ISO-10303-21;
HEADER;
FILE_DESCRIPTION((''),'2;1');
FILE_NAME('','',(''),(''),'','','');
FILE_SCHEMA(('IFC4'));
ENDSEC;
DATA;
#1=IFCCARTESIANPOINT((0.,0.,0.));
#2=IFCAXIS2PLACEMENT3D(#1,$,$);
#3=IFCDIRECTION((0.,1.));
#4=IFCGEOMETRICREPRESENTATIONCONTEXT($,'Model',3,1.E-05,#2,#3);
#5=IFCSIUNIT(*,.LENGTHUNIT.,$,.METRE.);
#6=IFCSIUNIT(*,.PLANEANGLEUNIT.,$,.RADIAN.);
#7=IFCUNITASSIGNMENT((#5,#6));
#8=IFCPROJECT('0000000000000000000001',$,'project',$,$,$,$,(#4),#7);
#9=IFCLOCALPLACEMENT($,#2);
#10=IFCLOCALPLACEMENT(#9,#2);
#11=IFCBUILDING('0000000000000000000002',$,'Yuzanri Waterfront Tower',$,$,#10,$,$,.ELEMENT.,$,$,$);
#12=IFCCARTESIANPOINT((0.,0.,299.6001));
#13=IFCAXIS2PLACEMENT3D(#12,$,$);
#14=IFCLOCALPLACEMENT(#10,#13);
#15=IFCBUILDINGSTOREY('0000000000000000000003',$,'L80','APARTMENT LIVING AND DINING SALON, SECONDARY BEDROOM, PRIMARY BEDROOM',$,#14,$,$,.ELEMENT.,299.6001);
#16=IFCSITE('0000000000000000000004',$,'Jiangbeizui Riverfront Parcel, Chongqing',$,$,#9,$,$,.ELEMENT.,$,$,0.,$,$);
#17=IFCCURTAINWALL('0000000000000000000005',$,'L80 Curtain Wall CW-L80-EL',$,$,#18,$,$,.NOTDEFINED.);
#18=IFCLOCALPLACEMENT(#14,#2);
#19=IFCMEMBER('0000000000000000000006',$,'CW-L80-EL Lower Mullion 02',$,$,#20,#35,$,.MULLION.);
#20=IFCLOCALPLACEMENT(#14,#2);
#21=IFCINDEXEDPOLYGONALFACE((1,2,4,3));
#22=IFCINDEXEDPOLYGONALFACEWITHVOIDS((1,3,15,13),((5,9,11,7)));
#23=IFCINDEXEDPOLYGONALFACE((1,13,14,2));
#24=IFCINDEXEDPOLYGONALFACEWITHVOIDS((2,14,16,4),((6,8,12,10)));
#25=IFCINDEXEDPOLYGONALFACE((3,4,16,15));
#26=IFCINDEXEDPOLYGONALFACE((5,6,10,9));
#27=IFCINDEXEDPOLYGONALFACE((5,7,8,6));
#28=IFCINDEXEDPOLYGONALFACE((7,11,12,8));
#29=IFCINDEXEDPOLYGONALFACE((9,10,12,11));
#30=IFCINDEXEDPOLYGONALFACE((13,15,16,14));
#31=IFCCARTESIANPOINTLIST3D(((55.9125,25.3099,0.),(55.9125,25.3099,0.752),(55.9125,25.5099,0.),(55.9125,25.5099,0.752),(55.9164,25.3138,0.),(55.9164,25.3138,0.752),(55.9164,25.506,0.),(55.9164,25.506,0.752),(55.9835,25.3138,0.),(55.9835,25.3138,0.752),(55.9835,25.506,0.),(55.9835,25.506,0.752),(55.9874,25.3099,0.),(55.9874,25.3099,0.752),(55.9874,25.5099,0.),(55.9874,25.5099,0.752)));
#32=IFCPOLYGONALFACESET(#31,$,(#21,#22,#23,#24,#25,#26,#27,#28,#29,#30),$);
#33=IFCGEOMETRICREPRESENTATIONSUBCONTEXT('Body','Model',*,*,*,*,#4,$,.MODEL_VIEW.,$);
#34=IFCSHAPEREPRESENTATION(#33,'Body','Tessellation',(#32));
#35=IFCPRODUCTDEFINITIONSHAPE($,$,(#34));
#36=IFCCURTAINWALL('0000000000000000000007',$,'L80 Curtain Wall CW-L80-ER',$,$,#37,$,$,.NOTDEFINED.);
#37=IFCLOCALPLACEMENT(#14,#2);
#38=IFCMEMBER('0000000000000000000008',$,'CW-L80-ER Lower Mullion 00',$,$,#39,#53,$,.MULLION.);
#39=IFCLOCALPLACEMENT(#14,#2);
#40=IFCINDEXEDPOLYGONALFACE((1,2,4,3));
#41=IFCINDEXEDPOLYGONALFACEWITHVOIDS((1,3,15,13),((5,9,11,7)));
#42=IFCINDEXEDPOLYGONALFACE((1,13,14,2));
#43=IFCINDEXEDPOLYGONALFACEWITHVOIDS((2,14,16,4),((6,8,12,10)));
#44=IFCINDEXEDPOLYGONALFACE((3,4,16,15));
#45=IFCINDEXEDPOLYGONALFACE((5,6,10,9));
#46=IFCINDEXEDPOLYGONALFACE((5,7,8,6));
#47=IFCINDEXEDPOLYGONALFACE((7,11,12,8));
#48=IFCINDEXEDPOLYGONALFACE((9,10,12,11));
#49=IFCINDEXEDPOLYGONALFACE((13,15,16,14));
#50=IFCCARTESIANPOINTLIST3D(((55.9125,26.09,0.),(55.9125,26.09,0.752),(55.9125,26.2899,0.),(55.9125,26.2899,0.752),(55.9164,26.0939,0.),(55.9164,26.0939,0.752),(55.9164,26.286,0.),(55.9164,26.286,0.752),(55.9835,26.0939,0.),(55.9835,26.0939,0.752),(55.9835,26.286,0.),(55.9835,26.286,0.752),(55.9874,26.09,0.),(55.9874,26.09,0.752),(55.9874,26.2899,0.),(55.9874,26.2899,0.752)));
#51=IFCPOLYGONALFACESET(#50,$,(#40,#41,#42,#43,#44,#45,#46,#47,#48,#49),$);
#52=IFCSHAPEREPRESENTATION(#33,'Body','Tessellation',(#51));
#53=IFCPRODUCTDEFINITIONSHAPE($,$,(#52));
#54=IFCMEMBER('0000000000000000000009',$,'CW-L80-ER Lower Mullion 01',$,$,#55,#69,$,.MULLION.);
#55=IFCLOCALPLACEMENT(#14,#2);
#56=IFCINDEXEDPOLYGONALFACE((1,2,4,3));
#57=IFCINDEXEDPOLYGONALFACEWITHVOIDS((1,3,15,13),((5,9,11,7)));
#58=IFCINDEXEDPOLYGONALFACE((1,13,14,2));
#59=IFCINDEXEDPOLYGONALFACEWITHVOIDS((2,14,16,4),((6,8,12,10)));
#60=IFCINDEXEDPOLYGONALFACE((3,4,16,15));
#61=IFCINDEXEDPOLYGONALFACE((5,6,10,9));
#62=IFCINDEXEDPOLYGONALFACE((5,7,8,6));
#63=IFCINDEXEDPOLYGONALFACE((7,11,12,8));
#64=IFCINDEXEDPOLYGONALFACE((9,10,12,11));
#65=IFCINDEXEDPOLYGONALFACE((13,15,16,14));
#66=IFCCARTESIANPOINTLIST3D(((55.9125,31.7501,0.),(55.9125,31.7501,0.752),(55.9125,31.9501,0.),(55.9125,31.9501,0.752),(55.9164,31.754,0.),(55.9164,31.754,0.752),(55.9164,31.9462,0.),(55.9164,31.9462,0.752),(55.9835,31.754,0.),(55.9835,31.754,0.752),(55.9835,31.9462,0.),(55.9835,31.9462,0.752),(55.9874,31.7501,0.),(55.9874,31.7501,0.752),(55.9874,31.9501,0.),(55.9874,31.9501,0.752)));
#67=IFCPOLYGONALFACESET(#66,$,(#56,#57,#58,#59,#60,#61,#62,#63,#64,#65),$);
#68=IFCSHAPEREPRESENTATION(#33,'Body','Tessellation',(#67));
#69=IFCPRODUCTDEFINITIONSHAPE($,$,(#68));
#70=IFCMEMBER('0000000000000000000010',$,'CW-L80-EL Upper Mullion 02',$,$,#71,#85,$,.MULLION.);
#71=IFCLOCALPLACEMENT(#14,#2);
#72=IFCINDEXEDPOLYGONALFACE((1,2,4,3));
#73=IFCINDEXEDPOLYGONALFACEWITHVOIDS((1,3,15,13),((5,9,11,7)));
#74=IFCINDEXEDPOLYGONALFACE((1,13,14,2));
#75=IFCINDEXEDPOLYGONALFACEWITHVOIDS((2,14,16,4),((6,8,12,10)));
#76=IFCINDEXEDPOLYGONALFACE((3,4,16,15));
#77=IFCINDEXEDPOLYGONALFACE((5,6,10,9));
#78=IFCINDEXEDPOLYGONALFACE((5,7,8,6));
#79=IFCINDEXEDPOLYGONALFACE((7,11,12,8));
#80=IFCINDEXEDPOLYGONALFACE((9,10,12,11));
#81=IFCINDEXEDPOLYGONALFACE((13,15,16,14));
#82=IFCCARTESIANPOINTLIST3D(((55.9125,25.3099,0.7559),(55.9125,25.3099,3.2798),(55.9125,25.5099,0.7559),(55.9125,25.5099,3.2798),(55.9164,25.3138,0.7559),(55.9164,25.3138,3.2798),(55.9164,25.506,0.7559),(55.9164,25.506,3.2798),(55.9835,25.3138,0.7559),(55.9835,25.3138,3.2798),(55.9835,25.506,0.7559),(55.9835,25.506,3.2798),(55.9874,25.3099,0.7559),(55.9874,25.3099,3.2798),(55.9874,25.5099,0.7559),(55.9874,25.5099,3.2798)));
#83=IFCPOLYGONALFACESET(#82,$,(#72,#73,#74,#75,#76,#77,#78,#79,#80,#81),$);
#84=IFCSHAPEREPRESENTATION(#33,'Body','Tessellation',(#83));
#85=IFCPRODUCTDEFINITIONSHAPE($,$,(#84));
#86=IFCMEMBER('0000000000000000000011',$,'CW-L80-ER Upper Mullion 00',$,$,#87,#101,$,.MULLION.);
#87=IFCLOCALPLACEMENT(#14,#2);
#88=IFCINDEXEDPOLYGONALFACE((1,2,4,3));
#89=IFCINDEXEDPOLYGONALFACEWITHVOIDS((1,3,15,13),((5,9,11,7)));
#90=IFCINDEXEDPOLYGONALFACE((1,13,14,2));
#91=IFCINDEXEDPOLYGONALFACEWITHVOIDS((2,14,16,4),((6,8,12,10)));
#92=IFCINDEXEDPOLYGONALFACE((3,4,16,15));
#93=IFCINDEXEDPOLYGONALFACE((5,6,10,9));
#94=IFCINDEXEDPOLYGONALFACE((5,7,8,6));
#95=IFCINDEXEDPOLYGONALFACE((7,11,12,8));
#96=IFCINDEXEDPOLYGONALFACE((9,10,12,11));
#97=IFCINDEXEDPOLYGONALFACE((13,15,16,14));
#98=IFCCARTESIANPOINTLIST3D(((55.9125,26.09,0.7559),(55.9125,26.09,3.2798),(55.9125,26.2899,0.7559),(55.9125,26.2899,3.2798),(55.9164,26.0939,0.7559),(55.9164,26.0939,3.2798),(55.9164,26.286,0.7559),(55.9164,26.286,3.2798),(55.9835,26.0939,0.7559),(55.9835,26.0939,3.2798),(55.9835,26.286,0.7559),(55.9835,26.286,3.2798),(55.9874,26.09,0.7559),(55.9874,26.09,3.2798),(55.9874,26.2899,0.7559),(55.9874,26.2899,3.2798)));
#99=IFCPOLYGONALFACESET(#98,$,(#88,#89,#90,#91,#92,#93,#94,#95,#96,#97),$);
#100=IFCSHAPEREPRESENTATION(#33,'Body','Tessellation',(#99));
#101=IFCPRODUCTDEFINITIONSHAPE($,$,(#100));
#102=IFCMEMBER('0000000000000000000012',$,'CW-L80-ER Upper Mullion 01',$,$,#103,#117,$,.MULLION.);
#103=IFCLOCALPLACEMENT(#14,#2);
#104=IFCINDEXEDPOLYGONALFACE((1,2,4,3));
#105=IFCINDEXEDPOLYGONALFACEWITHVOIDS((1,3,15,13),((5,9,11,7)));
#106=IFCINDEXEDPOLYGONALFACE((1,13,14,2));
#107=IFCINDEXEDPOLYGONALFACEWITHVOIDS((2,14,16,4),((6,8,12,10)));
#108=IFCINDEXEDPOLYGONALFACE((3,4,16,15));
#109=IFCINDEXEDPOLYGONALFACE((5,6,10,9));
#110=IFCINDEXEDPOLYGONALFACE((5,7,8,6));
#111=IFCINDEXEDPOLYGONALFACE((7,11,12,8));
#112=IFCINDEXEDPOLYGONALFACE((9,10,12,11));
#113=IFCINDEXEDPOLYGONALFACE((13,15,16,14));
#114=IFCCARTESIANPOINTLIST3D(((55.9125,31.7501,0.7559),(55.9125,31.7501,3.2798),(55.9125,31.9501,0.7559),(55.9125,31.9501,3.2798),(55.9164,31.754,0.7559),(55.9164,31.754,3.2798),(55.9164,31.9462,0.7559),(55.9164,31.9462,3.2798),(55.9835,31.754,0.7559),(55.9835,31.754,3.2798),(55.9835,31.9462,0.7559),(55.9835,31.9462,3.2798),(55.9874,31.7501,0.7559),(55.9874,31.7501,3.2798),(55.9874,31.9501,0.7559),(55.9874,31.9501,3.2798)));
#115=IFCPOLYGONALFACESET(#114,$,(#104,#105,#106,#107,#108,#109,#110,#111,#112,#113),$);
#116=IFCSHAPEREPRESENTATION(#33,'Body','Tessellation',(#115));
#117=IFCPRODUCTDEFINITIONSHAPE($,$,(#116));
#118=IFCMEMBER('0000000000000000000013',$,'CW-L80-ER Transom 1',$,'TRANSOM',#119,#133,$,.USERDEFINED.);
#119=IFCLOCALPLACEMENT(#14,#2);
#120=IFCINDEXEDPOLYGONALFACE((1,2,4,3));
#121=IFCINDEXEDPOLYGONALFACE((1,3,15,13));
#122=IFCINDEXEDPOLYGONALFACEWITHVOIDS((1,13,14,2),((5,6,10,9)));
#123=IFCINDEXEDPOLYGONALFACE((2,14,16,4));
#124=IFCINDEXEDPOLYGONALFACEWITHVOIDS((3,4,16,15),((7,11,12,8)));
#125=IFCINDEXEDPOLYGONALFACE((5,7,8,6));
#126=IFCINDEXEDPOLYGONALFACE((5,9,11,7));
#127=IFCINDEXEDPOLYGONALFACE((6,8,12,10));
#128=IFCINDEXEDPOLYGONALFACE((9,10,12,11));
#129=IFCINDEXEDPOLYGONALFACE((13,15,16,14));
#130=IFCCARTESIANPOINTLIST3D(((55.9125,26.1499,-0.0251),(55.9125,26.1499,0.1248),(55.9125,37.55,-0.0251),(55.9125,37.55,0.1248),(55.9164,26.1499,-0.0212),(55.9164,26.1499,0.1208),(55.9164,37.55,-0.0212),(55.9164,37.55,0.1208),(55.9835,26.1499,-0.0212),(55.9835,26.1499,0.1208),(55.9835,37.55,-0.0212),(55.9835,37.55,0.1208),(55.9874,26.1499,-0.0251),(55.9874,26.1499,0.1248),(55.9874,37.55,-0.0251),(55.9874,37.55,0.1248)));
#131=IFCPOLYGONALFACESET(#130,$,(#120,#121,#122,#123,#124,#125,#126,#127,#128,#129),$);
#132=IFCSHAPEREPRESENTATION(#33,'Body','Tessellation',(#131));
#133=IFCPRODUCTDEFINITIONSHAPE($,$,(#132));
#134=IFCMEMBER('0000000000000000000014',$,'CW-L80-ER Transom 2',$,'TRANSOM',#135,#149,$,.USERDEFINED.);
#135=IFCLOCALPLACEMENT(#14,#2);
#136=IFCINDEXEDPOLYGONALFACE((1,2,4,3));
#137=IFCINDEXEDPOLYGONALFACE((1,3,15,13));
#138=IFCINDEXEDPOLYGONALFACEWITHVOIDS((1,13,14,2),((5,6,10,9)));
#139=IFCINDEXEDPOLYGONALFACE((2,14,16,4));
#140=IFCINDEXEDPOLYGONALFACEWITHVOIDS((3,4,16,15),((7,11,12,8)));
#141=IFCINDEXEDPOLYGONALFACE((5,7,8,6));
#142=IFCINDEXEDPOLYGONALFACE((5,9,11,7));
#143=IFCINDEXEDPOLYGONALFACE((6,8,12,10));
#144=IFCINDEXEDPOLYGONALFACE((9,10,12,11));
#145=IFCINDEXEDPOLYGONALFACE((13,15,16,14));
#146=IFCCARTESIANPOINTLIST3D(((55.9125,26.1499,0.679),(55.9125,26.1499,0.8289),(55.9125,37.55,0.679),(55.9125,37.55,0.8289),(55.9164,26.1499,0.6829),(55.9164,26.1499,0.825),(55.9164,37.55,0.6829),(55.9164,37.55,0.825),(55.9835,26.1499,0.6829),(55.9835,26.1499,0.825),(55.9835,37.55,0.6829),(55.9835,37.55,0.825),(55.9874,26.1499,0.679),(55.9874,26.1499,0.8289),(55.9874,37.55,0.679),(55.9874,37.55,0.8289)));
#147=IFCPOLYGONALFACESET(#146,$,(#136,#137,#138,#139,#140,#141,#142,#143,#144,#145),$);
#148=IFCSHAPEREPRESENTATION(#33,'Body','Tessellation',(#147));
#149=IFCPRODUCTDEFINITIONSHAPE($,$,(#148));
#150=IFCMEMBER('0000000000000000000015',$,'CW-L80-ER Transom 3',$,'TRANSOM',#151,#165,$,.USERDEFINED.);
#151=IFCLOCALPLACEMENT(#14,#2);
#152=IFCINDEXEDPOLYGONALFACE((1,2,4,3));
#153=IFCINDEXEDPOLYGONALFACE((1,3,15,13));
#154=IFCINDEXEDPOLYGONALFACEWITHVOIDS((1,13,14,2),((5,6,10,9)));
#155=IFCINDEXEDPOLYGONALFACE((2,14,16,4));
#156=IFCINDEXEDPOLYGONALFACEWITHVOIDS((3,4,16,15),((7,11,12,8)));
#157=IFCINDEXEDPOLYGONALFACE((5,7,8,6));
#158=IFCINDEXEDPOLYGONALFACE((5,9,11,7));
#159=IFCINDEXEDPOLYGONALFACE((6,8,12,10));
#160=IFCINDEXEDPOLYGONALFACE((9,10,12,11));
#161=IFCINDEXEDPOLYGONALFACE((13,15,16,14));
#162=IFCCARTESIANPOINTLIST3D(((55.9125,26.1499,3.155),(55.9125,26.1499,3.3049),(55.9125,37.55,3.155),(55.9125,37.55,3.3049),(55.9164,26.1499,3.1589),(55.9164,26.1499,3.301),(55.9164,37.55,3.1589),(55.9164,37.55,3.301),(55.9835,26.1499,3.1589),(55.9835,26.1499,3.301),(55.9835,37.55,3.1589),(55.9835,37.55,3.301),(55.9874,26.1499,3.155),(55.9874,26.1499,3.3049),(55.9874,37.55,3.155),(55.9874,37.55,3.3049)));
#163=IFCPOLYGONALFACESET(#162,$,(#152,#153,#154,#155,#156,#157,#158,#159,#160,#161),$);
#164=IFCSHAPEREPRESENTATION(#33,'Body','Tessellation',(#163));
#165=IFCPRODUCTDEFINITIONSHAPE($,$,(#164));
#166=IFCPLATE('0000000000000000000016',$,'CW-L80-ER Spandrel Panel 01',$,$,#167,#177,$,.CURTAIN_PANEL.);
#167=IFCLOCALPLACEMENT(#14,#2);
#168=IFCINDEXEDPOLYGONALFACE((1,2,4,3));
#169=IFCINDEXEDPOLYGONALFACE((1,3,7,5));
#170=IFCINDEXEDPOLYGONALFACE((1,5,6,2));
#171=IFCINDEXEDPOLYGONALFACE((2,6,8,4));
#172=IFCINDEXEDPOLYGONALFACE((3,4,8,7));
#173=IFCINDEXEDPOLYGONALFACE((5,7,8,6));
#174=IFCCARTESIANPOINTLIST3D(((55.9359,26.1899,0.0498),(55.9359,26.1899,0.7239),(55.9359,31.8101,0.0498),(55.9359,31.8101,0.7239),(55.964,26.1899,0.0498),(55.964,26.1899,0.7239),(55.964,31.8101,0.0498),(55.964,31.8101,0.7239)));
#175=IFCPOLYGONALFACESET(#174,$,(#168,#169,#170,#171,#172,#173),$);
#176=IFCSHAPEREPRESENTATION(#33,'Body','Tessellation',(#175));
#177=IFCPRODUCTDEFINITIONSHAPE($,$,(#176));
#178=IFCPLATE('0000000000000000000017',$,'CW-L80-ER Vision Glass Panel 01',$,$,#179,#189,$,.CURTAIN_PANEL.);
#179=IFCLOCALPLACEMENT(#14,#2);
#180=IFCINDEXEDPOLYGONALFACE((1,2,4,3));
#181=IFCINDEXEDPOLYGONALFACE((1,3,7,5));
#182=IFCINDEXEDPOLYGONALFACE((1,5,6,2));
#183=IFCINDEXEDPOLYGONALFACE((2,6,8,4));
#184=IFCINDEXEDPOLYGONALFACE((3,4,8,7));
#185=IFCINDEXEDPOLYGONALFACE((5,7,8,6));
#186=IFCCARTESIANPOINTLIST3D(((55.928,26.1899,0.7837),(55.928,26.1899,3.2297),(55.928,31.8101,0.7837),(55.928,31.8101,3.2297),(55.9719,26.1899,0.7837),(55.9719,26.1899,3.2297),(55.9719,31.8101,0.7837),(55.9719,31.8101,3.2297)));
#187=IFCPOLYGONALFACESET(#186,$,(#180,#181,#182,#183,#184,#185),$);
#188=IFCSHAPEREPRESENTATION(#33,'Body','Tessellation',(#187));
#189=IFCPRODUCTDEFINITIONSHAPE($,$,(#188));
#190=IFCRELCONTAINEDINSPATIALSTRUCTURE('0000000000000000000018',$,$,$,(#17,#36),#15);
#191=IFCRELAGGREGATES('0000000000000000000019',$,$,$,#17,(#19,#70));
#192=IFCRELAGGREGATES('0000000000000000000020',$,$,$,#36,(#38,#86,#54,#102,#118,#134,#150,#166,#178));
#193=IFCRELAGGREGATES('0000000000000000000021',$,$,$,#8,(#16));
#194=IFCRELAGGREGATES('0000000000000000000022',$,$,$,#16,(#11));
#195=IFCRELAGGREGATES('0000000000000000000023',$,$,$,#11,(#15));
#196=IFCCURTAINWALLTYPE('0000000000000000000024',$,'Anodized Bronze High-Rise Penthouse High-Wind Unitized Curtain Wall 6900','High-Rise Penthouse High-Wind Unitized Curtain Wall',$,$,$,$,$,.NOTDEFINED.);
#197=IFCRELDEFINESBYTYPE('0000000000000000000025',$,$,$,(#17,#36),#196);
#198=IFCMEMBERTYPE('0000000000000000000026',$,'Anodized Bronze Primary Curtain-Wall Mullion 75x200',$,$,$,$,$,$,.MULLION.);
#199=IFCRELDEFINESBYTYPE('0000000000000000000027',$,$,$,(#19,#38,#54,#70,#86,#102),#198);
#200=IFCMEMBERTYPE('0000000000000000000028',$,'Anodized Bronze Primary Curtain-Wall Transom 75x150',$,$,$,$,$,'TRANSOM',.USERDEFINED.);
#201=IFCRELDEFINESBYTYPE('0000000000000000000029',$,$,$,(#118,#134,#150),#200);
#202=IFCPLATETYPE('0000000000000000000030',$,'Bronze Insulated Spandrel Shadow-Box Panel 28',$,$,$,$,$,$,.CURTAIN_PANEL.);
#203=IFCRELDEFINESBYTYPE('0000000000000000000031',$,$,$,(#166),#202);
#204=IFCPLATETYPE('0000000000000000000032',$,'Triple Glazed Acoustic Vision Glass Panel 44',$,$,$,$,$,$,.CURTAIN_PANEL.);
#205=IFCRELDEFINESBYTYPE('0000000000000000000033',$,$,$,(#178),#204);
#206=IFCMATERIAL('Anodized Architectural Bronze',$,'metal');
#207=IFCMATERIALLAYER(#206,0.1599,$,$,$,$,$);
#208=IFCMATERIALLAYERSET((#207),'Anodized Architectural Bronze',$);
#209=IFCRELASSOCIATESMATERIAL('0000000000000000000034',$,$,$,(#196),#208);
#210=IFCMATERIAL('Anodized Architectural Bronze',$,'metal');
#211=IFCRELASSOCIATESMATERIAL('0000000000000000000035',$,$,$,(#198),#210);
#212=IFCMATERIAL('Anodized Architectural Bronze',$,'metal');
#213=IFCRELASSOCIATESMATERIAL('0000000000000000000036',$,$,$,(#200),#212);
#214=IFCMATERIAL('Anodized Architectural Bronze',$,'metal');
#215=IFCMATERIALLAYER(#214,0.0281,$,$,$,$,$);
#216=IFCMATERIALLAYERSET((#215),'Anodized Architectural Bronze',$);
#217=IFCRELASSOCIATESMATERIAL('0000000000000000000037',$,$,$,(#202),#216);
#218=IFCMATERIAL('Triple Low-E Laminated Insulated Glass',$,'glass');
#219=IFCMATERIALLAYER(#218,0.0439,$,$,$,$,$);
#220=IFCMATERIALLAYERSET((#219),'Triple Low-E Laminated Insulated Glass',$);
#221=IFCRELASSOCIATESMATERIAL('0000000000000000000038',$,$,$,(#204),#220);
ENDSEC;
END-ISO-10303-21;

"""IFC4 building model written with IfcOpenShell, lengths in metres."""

from ifc_helpers import new_model, si_unit, direction, frame, origin, origin_2d, place, context, subcontext, project, spatial, rectangle, hollow_rectangle, extrude, source, transform, mapped, material, layer, layer_set, material_profile, profile_set, type_object, element, aggregate, save


model = new_model("IFC4")

# Units and contexts
model_context = context("Model", 3, precision=1e-05, world=origin(), true_north=direction((0.0, 1.0)))
body_context = subcontext(model_context, "Body", "Model", "MODEL_VIEW")
ifc_project = project(units=[si_unit("LENGTHUNIT", "METRE"), si_unit("PLANEANGLEUNIT", "RADIAN")], contexts=[model_context])

# Site, building, storey
site_placement = place(None, origin())
site = spatial("IfcSite", under=ifc_project, at=site_placement, Name="Jiangbeizui Riverfront Parcel, Chongqing", CompositionType="ELEMENT", RefElevation=0.0)
building_placement = place(site_placement, origin())
building = spatial("IfcBuilding", under=site, at=building_placement, Name="Yuzanri Waterfront Tower", CompositionType="ELEMENT")
storey_placement = place(building_placement, frame((0.0, 0.0, 299.6001)))
storey = spatial("IfcBuildingStorey", under=building, at=storey_placement, Name="L80", Description="APARTMENT LIVING AND DINING SALON, SECONDARY BEDROOM, PRIMARY BEDROOM", CompositionType="ELEMENT", Elevation=299.6001)

# Curtain wall, member
ifc_material_1 = material(Name="Anodized Architectural Bronze", Category="metal")
ifc_layer_1 = layer(ifc_material_1, 0.1599)
ifc_layer_set_1 = layer_set([ifc_layer_1], Name="Anodized Architectural Bronze")
curtain_wall_type = type_object("IfcCurtainWallType", Name="Anodized Bronze High-Rise Penthouse High-Wind Unitized Curtain Wall 6900", Description="High-Rise Penthouse High-Wind Unitized Curtain Wall", PredefinedType="NOTDEFINED", material=ifc_layer_set_1)
curtain_wall_1_placement = place(storey_placement, origin())
curtain_wall_1 = element("IfcCurtainWall", 1, at=curtain_wall_1_placement, inside=storey, type_object=curtain_wall_type, Name="L80 Curtain Wall CW-L80-EL", PredefinedType="NOTDEFINED")
ifc_material_2 = material(Name="Anodized Architectural Bronze", Category="metal")
ifc_material_profile_1 = material_profile(ifc_material_2, hollow_rectangle(XDim=0.075, YDim=0.2, WallThickness=0.0039, at=origin_2d()), Name="CWM 75x200")
ifc_profile_set_1 = profile_set([ifc_material_profile_1], Name="Anodized Architectural Bronze")
member_type_1 = type_object("IfcMemberType", Name="Anodized Bronze Primary Curtain-Wall Mullion 75x200", PredefinedType="MULLION", material=ifc_profile_set_1)
shared_shape_1 = source(origin(), body_context, "Body", "SweptSolid", [
    extrude(hollow_rectangle(XDim=0.075, YDim=0.2, WallThickness=0.0039, at=origin_2d()), origin(), (0.0, 0.0, 1.0), 0.752),
])
member_1_placement = place(storey_placement, frame((55.95, 25.4099, 0.0), z_axis=(0.0, 0.0, 1.0), x_axis=(1.0, 0.0, 0.0)))
member_1 = element("IfcMember", 2, at=member_1_placement, type_object=member_type_1, Name="CW-L80-EL Lower Mullion 02", PredefinedType="MULLION", context=body_context, shape_type="MappedRepresentation", body=[
    mapped(shared_shape_1, transform((0.0, 0.0, 0.0), scale=1.0)),
])

# Curtain wall, members
curtain_wall_2_placement = place(storey_placement, origin())
curtain_wall_2 = element("IfcCurtainWall", 3, at=curtain_wall_2_placement, inside=storey, type_object=curtain_wall_type, Name="L80 Curtain Wall CW-L80-ER", PredefinedType="NOTDEFINED")
member_2_placement = place(storey_placement, frame((55.95, 26.1899, 0.0), z_axis=(0.0, 0.0, 1.0), x_axis=(1.0, 0.0, 0.0)))
member_2 = element("IfcMember", 4, at=member_2_placement, type_object=member_type_1, Name="CW-L80-ER Lower Mullion 00", PredefinedType="MULLION", context=body_context, shape_type="MappedRepresentation", body=[
    mapped(shared_shape_1, transform((0.0, 0.0, 0.0), scale=1.0)),
])
member_3_placement = place(storey_placement, frame((55.95, 31.8501, 0.0), z_axis=(0.0, 0.0, 1.0), x_axis=(1.0, 0.0, 0.0)))
member_3 = element("IfcMember", 5, at=member_3_placement, type_object=member_type_1, Name="CW-L80-ER Lower Mullion 01", PredefinedType="MULLION", context=body_context, shape_type="MappedRepresentation", body=[
    mapped(shared_shape_1, transform((0.0, 0.0, 0.0), scale=1.0)),
])

# Members
shared_shape_2 = source(origin(), body_context, "Body", "SweptSolid", [
    extrude(hollow_rectangle(XDim=0.075, YDim=0.2, WallThickness=0.0039, at=origin_2d()), origin(), (0.0, 0.0, 1.0), 2.5239),
])
member_4_placement = place(storey_placement, frame((55.95, 25.4099, 0.7559), z_axis=(0.0, 0.0, 1.0), x_axis=(1.0, 0.0, 0.0)))
member_4 = element("IfcMember", 6, at=member_4_placement, type_object=member_type_1, Name="CW-L80-EL Upper Mullion 02", PredefinedType="MULLION", context=body_context, shape_type="MappedRepresentation", body=[
    mapped(shared_shape_2, transform((0.0, 0.0, 0.0), scale=1.0)),
])
aggregate(curtain_wall_1, [member_1, member_4])
member_5_placement = place(storey_placement, frame((55.95, 26.1899, 0.7559), z_axis=(0.0, 0.0, 1.0), x_axis=(1.0, 0.0, 0.0)))
member_5 = element("IfcMember", 7, at=member_5_placement, type_object=member_type_1, Name="CW-L80-ER Upper Mullion 00", PredefinedType="MULLION", context=body_context, shape_type="MappedRepresentation", body=[
    mapped(shared_shape_2, transform((0.0, 0.0, 0.0), scale=1.0)),
])
member_6_placement = place(storey_placement, frame((55.95, 31.8501, 0.7559), z_axis=(0.0, 0.0, 1.0), x_axis=(1.0, 0.0, 0.0)))
member_6 = element("IfcMember", 8, at=member_6_placement, type_object=member_type_1, Name="CW-L80-ER Upper Mullion 01", PredefinedType="MULLION", context=body_context, shape_type="MappedRepresentation", body=[
    mapped(shared_shape_2, transform((0.0, 0.0, 0.0), scale=1.0)),
])
ifc_material_3 = material(Name="Anodized Architectural Bronze", Category="metal")
ifc_material_profile_2 = material_profile(ifc_material_3, hollow_rectangle(XDim=0.075, YDim=0.1499, WallThickness=0.0039, at=origin_2d()), Name="CWT 75x150")
ifc_profile_set_2 = profile_set([ifc_material_profile_2], Name="Anodized Architectural Bronze")
member_type_2 = type_object("IfcMemberType", Name="Anodized Bronze Primary Curtain-Wall Transom 75x150", ElementType="TRANSOM", PredefinedType="USERDEFINED", material=ifc_profile_set_2)
shared_shape_3 = source(origin(), body_context, "Body", "SweptSolid", [
    extrude(hollow_rectangle(XDim=0.075, YDim=0.1499, WallThickness=0.0039, at=origin_2d()), origin(), (0.0, 0.0, 1.0), 11.4001),
])
member_7_placement = place(storey_placement, frame((55.95, 26.1499, 0.0498), z_axis=(0.0, 1.0, 0.0), x_axis=(-1.0, 0.0, 0.0)))
member_7 = element("IfcMember", 9, at=member_7_placement, type_object=member_type_2, Name="CW-L80-ER Transom 1", ObjectType="TRANSOM", PredefinedType="USERDEFINED", context=body_context, shape_type="MappedRepresentation", body=[
    mapped(shared_shape_3, transform((0.0, 0.0, 0.0), scale=1.0)),
])
member_8_placement = place(storey_placement, frame((55.95, 26.1499, 0.7539), z_axis=(0.0, 1.0, 0.0), x_axis=(-1.0, 0.0, 0.0)))
member_8 = element("IfcMember", 10, at=member_8_placement, type_object=member_type_2, Name="CW-L80-ER Transom 2", ObjectType="TRANSOM", PredefinedType="USERDEFINED", context=body_context, shape_type="MappedRepresentation", body=[
    mapped(shared_shape_3, transform((0.0, 0.0, 0.0), scale=1.0)),
])
member_9_placement = place(storey_placement, frame((55.95, 26.1499, 3.23), z_axis=(0.0, 1.0, 0.0), x_axis=(-1.0, 0.0, 0.0)))
member_9 = element("IfcMember", 11, at=member_9_placement, type_object=member_type_2, Name="CW-L80-ER Transom 3", ObjectType="TRANSOM", PredefinedType="USERDEFINED", context=body_context, shape_type="MappedRepresentation", body=[
    mapped(shared_shape_3, transform((0.0, 0.0, 0.0), scale=1.0)),
])

# Plates
ifc_material_4 = material(Name="Anodized Architectural Bronze", Category="metal")
ifc_layer_2 = layer(ifc_material_4, 0.0281)
ifc_layer_set_2 = layer_set([ifc_layer_2], Name="Anodized Architectural Bronze")
plate_type_1 = type_object("IfcPlateType", Name="Bronze Insulated Spandrel Shadow-Box Panel 28", PredefinedType="CURTAIN_PANEL", material=ifc_layer_set_2)
shared_shape_4 = source(origin(), body_context, "Body", "SweptSolid", [
    extrude(rectangle(XDim=5.6201, YDim=0.0281, at=origin_2d()), origin(), (0.0, 0.0, 1.0), 0.6741),
])
plate_1_placement = place(storey_placement, frame((55.95, 29.0, 0.0498), z_axis=(0.0, 0.0, 1.0), x_axis=(0.0, 1.0, 0.0)))
plate_1 = element("IfcPlate", 12, at=plate_1_placement, type_object=plate_type_1, Name="CW-L80-ER Spandrel Panel 01", PredefinedType="CURTAIN_PANEL", context=body_context, shape_type="MappedRepresentation", body=[
    mapped(shared_shape_4, transform((0.0, 0.0, 0.0), scale=1.0)),
])
ifc_material_5 = material(Name="Triple Low-E Laminated Insulated Glass", Category="glass")
ifc_layer_3 = layer(ifc_material_5, 0.0439)
ifc_layer_set_3 = layer_set([ifc_layer_3], Name="Triple Low-E Laminated Insulated Glass")
plate_type_2 = type_object("IfcPlateType", Name="Triple Glazed Acoustic Vision Glass Panel 44", PredefinedType="CURTAIN_PANEL", material=ifc_layer_set_3)
shared_shape_5 = source(origin(), body_context, "Body", "SweptSolid", [
    extrude(rectangle(XDim=5.6201, YDim=0.0439, at=origin_2d()), origin(), (0.0, 0.0, 1.0), 2.446),
])
plate_2_placement = place(storey_placement, frame((55.95, 29.0, 0.7837), z_axis=(0.0, 0.0, 1.0), x_axis=(0.0, 1.0, 0.0)))
plate_2 = element("IfcPlate", 13, at=plate_2_placement, type_object=plate_type_2, Name="CW-L80-ER Vision Glass Panel 01", PredefinedType="CURTAIN_PANEL", context=body_context, shape_type="MappedRepresentation", body=[
    mapped(shared_shape_5, transform((0.0, 0.0, 0.0), scale=1.0)),
])
aggregate(curtain_wall_2, [member_2, member_5, member_3, member_6, member_7, member_8, member_9, plate_1, plate_2])

save(model, "model.ifc")
